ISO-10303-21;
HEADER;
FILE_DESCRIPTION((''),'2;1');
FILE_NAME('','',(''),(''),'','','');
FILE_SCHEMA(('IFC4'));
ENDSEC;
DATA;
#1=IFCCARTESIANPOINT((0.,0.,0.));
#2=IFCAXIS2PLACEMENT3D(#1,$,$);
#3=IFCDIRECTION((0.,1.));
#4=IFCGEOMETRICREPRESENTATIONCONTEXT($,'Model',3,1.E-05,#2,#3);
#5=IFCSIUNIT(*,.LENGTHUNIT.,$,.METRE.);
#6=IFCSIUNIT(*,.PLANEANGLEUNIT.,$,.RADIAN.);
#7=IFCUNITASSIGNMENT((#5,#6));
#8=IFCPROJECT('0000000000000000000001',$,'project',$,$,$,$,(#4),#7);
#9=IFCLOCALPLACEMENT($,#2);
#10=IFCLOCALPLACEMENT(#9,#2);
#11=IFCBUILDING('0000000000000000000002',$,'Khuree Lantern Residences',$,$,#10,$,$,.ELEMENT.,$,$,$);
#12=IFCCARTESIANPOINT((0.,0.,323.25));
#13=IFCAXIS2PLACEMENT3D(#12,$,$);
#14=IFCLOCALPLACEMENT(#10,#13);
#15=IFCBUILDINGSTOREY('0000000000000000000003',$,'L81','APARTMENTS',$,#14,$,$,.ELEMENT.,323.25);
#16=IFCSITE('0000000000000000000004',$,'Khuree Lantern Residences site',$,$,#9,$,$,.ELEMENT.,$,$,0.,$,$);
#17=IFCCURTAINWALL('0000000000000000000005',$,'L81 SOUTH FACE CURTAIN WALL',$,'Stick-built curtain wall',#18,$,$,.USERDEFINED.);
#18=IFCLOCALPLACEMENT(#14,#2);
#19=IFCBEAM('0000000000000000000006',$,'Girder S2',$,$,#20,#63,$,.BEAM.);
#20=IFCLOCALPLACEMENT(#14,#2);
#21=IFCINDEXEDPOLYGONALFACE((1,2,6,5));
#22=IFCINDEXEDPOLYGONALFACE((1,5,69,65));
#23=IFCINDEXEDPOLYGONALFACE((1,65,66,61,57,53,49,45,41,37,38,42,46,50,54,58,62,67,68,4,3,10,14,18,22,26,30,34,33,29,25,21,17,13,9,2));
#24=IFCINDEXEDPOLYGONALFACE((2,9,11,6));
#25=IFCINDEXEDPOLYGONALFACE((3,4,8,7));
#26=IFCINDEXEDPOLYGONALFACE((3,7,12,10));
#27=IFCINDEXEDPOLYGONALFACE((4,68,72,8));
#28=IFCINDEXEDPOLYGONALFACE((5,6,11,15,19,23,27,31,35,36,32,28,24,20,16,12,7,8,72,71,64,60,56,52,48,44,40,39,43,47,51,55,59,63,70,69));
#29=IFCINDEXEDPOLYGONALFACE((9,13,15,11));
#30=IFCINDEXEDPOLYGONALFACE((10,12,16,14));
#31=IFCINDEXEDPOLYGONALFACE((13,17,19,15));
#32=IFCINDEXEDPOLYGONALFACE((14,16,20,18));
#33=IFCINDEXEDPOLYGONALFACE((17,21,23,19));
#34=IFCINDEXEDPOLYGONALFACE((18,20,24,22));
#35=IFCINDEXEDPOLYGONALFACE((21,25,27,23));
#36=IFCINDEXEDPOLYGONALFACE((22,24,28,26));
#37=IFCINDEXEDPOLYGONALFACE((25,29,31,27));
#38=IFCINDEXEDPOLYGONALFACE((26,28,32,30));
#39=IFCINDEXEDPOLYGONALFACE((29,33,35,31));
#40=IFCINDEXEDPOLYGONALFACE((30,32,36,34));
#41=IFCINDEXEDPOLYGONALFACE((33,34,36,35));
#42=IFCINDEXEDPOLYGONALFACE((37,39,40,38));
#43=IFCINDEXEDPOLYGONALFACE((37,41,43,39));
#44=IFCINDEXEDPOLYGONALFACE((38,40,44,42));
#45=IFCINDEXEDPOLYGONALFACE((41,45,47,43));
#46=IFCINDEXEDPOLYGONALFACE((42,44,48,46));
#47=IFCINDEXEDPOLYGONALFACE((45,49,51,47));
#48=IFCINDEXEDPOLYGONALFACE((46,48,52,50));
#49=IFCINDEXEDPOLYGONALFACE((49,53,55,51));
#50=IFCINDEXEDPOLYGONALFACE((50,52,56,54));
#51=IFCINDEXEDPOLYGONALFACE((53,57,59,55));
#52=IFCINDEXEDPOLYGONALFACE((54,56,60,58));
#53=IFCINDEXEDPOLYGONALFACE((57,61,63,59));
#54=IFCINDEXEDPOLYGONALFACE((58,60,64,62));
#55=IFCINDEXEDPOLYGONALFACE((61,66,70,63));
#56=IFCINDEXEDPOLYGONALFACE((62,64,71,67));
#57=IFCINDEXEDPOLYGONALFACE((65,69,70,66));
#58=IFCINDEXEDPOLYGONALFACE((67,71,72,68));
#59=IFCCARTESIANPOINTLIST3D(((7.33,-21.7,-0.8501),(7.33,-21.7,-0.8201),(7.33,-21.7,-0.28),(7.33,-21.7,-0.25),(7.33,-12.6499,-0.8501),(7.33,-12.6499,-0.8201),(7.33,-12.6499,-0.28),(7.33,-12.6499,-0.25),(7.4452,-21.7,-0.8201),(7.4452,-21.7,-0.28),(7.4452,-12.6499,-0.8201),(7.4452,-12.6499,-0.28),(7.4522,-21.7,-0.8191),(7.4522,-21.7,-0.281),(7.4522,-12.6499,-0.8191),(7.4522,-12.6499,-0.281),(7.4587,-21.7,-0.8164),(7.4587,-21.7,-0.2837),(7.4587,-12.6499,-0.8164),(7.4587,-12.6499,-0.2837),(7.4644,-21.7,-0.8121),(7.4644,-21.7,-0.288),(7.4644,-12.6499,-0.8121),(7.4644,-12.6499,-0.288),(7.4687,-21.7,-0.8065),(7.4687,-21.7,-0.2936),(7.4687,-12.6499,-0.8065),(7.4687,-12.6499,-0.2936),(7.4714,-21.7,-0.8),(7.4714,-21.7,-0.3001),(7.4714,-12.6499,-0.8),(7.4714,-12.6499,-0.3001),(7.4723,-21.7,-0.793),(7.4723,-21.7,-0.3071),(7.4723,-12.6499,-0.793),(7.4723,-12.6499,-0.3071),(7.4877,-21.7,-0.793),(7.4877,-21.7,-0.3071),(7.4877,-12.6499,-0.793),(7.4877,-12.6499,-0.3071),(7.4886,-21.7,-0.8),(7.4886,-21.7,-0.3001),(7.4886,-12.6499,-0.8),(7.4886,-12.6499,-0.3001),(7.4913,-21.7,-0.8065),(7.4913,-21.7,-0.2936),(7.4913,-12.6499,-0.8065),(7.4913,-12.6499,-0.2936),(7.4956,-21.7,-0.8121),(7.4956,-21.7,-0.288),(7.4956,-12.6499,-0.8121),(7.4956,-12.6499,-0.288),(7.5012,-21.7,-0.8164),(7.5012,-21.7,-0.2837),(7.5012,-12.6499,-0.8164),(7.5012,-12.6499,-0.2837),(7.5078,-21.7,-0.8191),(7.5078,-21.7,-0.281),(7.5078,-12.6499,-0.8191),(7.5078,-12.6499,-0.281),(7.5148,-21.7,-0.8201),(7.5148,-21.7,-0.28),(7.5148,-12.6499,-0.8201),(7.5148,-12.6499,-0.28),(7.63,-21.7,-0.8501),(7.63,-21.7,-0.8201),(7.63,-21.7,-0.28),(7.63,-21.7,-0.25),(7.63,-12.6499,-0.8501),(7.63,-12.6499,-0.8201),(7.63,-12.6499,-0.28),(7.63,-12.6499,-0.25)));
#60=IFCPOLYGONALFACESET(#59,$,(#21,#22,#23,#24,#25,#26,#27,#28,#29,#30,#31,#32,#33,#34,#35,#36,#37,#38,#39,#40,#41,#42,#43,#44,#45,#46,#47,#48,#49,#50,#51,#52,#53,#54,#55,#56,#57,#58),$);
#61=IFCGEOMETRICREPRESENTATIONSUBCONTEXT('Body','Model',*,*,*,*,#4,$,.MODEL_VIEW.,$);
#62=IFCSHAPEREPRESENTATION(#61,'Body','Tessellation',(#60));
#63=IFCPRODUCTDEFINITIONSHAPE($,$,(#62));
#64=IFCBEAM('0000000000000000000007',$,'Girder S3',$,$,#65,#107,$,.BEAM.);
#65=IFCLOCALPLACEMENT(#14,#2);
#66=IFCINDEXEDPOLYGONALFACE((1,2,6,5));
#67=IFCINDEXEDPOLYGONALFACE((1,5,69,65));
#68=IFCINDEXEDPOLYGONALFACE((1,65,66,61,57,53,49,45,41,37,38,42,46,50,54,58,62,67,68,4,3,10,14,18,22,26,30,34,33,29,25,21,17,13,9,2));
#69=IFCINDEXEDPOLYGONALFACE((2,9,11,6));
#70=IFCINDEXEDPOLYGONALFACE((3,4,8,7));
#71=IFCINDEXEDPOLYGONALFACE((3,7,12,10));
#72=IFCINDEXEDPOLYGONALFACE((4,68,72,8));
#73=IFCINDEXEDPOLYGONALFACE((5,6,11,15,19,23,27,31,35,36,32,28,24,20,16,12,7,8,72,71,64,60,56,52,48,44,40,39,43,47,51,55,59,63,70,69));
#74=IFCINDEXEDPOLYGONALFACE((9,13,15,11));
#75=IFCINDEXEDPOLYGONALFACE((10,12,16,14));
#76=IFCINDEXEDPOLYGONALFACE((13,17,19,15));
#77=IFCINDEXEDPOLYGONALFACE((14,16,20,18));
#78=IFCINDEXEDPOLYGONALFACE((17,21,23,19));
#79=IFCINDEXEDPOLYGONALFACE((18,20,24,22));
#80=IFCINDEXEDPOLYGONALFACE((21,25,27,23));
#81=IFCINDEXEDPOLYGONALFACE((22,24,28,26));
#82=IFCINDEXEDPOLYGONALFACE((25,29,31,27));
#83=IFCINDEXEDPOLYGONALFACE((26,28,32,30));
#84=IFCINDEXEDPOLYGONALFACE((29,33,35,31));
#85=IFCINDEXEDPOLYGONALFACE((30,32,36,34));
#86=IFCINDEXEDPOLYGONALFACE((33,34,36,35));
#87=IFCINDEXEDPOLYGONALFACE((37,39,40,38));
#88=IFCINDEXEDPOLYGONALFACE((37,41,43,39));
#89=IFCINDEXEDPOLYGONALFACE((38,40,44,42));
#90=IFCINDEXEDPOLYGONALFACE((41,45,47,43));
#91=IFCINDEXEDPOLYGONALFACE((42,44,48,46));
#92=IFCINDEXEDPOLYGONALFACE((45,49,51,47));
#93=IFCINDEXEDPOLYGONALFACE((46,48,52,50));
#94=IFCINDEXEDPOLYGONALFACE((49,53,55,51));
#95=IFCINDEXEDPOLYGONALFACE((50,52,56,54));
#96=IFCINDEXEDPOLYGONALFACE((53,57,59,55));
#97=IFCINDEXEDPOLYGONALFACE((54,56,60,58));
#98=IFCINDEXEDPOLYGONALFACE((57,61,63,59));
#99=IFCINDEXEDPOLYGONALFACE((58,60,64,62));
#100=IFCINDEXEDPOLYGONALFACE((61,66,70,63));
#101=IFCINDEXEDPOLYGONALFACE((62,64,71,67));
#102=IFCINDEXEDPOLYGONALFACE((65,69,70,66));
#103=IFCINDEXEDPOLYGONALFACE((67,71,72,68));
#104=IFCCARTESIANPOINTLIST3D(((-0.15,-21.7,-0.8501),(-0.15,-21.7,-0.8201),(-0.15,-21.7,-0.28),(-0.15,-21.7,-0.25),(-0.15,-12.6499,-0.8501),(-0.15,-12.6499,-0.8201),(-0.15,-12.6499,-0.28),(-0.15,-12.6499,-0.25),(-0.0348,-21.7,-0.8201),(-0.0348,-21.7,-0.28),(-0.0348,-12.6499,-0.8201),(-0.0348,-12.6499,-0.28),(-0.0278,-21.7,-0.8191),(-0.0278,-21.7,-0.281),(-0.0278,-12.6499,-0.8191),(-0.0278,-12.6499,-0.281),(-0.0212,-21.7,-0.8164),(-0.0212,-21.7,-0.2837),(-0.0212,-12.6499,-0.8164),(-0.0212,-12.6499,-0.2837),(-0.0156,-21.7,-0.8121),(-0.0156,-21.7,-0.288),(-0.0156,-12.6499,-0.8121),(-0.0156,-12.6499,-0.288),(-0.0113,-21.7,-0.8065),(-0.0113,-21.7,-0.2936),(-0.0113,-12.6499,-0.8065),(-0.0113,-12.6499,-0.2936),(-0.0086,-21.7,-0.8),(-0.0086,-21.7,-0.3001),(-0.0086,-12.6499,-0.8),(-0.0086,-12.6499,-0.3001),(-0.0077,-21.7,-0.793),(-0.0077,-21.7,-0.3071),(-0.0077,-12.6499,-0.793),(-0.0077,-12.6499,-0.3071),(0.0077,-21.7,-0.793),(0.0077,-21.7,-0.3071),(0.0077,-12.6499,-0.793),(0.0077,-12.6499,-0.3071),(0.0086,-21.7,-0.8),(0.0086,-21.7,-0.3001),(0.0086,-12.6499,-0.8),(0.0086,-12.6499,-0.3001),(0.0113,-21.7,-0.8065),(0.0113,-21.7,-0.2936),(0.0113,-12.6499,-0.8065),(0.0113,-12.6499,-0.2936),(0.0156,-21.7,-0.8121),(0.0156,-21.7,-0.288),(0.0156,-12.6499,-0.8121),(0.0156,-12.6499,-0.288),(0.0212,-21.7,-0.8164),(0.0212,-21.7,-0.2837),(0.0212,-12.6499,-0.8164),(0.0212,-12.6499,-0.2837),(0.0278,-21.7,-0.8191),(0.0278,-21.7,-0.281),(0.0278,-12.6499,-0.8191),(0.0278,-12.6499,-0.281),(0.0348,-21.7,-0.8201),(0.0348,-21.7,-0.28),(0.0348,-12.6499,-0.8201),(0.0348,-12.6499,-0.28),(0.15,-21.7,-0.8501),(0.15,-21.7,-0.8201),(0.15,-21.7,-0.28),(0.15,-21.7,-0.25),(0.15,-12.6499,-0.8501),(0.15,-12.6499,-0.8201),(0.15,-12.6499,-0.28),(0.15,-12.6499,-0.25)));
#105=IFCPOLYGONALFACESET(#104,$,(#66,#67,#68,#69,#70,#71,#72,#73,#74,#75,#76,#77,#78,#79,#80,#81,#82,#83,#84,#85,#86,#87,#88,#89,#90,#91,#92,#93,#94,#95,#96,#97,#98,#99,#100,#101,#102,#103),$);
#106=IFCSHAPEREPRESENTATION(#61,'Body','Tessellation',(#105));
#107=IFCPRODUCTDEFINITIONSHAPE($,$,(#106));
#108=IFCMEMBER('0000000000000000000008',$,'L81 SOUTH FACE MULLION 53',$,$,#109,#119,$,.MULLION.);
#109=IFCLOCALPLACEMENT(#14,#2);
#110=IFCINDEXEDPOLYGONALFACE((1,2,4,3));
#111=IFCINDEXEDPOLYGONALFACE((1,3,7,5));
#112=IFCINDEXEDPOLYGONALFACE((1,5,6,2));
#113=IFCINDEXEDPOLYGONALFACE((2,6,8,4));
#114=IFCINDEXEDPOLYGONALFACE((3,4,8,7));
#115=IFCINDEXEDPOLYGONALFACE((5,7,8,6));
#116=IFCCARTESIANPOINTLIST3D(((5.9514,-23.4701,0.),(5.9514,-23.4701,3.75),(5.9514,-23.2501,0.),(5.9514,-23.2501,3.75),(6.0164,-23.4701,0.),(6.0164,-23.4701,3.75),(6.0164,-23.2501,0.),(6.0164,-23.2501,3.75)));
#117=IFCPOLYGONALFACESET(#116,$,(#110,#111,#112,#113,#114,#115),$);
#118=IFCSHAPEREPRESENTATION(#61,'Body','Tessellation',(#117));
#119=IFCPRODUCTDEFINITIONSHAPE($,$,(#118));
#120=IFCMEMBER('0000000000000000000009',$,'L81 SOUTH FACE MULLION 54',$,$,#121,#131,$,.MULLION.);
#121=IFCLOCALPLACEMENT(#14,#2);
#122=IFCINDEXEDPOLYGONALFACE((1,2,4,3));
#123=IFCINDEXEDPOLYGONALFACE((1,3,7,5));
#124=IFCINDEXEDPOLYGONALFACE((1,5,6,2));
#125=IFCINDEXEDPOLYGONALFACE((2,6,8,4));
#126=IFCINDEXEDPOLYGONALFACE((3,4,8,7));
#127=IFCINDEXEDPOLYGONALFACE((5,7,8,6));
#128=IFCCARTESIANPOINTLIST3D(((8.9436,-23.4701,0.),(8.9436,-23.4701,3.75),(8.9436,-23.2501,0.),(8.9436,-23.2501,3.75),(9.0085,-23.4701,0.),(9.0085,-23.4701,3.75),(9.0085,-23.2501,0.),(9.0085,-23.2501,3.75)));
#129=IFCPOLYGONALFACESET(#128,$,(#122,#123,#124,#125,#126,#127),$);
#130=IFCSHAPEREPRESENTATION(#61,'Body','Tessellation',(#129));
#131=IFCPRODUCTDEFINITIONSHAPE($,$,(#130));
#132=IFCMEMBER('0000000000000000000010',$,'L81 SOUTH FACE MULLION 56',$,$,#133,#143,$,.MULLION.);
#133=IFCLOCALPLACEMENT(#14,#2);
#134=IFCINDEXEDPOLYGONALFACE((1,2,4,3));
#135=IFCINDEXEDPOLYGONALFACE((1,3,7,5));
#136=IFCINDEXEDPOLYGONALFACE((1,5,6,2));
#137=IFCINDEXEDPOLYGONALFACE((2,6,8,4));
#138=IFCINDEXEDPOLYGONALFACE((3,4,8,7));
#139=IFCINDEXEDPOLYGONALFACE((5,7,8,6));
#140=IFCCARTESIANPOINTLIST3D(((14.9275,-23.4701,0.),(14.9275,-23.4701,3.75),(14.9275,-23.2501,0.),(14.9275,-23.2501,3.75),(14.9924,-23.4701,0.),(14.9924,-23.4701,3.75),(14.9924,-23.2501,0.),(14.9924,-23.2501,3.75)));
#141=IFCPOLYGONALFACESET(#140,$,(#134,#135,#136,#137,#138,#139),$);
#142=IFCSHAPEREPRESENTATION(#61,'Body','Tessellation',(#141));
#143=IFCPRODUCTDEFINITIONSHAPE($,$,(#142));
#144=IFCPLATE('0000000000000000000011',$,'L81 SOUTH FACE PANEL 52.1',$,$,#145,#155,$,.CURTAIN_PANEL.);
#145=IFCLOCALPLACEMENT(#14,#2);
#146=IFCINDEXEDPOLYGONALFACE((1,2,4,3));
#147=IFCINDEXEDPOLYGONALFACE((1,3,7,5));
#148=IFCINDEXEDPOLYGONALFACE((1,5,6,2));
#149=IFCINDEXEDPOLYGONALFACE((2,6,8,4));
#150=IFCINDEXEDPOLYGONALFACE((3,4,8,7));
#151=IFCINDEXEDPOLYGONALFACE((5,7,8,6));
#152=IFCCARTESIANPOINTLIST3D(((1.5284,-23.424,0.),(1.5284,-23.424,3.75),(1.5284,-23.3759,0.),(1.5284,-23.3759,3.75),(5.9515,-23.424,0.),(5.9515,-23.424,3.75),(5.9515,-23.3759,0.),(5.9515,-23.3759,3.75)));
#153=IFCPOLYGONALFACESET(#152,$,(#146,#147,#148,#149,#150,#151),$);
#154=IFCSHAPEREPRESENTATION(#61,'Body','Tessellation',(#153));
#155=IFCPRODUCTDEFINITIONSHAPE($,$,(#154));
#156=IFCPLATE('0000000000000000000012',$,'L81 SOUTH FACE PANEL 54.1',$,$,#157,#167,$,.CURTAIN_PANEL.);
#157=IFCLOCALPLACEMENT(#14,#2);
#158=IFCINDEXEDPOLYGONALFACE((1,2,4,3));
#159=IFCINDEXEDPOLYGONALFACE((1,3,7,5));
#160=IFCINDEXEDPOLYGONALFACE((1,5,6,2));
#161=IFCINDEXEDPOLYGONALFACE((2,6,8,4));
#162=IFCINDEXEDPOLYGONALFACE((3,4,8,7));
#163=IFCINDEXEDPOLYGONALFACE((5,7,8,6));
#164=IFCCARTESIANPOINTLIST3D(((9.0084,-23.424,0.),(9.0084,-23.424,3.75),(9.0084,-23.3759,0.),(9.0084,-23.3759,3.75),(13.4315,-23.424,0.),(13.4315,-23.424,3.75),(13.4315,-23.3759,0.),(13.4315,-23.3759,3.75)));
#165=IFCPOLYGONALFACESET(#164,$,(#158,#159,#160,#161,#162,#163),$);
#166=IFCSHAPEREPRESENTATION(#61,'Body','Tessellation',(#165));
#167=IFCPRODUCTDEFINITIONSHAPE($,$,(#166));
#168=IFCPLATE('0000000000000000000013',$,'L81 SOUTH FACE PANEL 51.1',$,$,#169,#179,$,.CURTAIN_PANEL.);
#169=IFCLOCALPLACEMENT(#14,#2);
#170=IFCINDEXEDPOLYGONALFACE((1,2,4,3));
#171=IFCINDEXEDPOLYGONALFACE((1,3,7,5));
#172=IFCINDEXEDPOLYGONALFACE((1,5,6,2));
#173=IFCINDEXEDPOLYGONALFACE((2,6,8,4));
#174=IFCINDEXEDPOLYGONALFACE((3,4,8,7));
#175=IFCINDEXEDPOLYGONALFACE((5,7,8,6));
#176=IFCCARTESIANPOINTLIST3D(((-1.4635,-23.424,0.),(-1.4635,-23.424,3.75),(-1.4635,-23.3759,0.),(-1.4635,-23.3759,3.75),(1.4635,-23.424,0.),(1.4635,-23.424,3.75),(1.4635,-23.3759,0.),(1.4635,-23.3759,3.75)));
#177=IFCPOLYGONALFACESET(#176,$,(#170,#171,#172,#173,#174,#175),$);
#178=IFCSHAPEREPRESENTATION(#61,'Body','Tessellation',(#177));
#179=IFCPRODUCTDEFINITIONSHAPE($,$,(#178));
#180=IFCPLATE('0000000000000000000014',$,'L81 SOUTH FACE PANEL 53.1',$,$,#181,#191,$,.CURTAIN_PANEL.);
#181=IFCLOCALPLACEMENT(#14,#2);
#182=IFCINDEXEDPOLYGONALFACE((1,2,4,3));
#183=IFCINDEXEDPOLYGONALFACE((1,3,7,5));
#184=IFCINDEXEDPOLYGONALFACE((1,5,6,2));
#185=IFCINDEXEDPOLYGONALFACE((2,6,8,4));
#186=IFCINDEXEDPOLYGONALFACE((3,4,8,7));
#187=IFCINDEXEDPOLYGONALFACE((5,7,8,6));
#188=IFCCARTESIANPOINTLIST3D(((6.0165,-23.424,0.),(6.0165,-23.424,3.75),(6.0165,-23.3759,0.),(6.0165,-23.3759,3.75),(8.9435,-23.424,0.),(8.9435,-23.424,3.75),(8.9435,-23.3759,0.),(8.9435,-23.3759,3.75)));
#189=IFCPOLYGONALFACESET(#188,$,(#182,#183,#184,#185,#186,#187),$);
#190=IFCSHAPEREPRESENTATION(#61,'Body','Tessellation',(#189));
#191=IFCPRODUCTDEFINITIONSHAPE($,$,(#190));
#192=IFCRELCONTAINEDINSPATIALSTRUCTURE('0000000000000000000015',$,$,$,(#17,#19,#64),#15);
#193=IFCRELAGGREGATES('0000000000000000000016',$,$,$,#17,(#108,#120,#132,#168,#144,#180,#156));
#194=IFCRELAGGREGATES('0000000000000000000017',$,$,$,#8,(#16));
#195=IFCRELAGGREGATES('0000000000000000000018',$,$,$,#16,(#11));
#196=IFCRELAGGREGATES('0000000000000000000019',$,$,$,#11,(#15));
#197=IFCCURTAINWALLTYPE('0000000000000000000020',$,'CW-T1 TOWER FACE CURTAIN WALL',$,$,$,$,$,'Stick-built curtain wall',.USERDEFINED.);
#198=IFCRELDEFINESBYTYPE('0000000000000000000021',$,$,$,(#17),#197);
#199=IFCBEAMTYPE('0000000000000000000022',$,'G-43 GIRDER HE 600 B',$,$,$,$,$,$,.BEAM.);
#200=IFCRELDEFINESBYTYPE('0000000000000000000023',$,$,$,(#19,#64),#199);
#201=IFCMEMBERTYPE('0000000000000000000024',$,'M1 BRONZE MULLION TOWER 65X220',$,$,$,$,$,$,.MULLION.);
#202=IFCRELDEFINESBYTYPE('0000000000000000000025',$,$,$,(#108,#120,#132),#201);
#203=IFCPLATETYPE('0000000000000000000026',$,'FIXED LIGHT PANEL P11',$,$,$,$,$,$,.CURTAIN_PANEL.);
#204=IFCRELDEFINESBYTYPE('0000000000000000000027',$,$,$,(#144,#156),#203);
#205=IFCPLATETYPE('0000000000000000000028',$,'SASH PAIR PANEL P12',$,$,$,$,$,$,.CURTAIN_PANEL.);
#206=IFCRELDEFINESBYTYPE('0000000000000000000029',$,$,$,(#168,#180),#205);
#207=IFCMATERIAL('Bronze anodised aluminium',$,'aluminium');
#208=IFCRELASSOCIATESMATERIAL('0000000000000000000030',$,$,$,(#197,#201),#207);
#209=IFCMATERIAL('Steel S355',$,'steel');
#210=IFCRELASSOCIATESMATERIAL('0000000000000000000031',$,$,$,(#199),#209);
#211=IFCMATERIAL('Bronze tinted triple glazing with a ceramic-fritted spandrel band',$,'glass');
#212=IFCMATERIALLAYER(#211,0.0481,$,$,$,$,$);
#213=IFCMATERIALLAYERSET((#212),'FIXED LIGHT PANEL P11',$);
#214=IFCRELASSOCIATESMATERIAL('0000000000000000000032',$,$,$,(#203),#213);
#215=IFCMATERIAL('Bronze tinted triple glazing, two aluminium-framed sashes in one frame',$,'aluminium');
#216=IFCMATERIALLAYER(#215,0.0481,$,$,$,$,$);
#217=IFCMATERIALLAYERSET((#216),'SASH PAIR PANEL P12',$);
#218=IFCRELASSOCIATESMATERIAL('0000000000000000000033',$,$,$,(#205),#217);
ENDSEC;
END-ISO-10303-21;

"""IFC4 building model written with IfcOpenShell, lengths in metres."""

from ifc_helpers import new_model, si_unit, direction, frame, origin, origin_2d, place, context, subcontext, project, spatial, rectangle, i_section, extrude, material, layer, layer_set, material_profile, profile_set, type_object, element, aggregate, save


model = new_model("IFC4")

# Units and contexts
model_context = context("Model", 3, precision=1e-05, world=origin(), true_north=direction((0.0, 1.0)))
body_context = subcontext(model_context, "Body", "Model", "MODEL_VIEW")
ifc_project = project(units=[si_unit("LENGTHUNIT", "METRE"), si_unit("PLANEANGLEUNIT", "RADIAN")], contexts=[model_context])

# Site, building, storey
site_placement = place(None, origin())
site = spatial("IfcSite", under=ifc_project, at=site_placement, Name="Khuree Lantern Residences site", CompositionType="ELEMENT", RefElevation=0.0)
building_placement = place(site_placement, origin())
building = spatial("IfcBuilding", under=site, at=building_placement, Name="Khuree Lantern Residences", CompositionType="ELEMENT")
storey_placement = place(building_placement, frame((0.0, 0.0, 323.25)))
storey = spatial("IfcBuildingStorey", under=building, at=storey_placement, Name="L81", Description="APARTMENTS", CompositionType="ELEMENT", Elevation=323.25)

# Shared definitions
ifc_material_1 = material(Name="Steel S355", Category="steel")

# Curtain wall
ifc_material_2 = material(Name="Bronze anodised aluminium", Category="aluminium")
curtain_wall_type = type_object("IfcCurtainWallType", Name="CW-T1 TOWER FACE CURTAIN WALL", ElementType="Stick-built curtain wall", PredefinedType="USERDEFINED", material=ifc_material_2)
curtain_wall_placement = place(storey_placement, origin())
curtain_wall = element("IfcCurtainWall", 1, at=curtain_wall_placement, inside=storey, type_object=curtain_wall_type, Name="L81 SOUTH FACE CURTAIN WALL", ObjectType="Stick-built curtain wall", PredefinedType="USERDEFINED")

# Beams
ifc_material_profile_1 = material_profile(ifc_material_1, i_section(OverallWidth=0.3, OverallDepth=0.6001, WebThickness=0.0154, FlangeThickness=0.03, FilletRadius=0.0271, at=origin_2d()), Name="HE 600 B")
ifc_profile_set_1 = profile_set([ifc_material_profile_1], Name="Steel S355")
beam_type_1 = type_object("IfcBeamType", Name="G-43 GIRDER HE 600 B", PredefinedType="BEAM", material=ifc_profile_set_1)
for number, where, z_axis, x_axis, name in (
    (2, (7.48, -21.7, -0.55), (0.0, 1.0, 0.0), (-1.0, 0.0, 0.0), "Girder S2"),
    (3, (0.0, -21.7, -0.55), (0.0, 1.0, 0.0), (-1.0, 0.0, 0.0), "Girder S3"),
):
    element("IfcBeam", number, at=place(storey_placement, frame(where, z_axis=z_axis, x_axis=x_axis)), inside=storey, type_object=beam_type_1, Name=name, PredefinedType="BEAM", context=body_context, shape_type="SweptSolid", body=[
        extrude(i_section(OverallWidth=0.3, OverallDepth=0.6001, WebThickness=0.0154, FlangeThickness=0.03, FilletRadius=0.0271, at=origin_2d()), origin(), (0.0, 0.0, 1.0), 9.05),
    ])

# Members
ifc_material_profile_2 = material_profile(ifc_material_2, rectangle(XDim=0.0649, YDim=0.22, at=origin_2d()), Name="M1 65X220")
ifc_profile_set_2 = profile_set([ifc_material_profile_2], Name="Bronze anodised aluminium")
member_type_1 = type_object("IfcMemberType", Name="M1 BRONZE MULLION TOWER 65X220", PredefinedType="MULLION", material=ifc_profile_set_2)
member_1_placement = place(storey_placement, frame((5.9839, -23.3601, 0.0), z_axis=(0.0, 0.0, 1.0), x_axis=(1.0, 0.0, 0.0)))
member_1 = element("IfcMember", 4, at=member_1_placement, type_object=member_type_1, Name="L81 SOUTH FACE MULLION 53", PredefinedType="MULLION", context=body_context, shape_type="SweptSolid", body=[
    extrude(rectangle(XDim=0.0649, YDim=0.22, at=origin_2d()), origin(), (0.0, 0.0, 1.0), 3.75),
])
member_2_placement = place(storey_placement, frame((8.9761, -23.3601, 0.0), z_axis=(0.0, 0.0, 1.0), x_axis=(1.0, 0.0, 0.0)))
member_2 = element("IfcMember", 5, at=member_2_placement, type_object=member_type_1, Name="L81 SOUTH FACE MULLION 54", PredefinedType="MULLION", context=body_context, shape_type="SweptSolid", body=[
    extrude(rectangle(XDim=0.0649, YDim=0.22, at=origin_2d()), origin(), (0.0, 0.0, 1.0), 3.75),
])
member_3_placement = place(storey_placement, frame((14.96, -23.3601, 0.0), z_axis=(0.0, 0.0, 1.0), x_axis=(1.0, 0.0, 0.0)))
member_3 = element("IfcMember", 6, at=member_3_placement, type_object=member_type_1, Name="L81 SOUTH FACE MULLION 56", PredefinedType="MULLION", context=body_context, shape_type="SweptSolid", body=[
    extrude(rectangle(XDim=0.0649, YDim=0.22, at=origin_2d()), origin(), (0.0, 0.0, 1.0), 3.75),
])

# Plates
ifc_material_3 = material(Name="Bronze tinted triple glazing with a ceramic-fritted spandrel band", Category="glass")
ifc_layer_1 = layer(ifc_material_3, 0.0481)
ifc_layer_set_1 = layer_set([ifc_layer_1], Name="FIXED LIGHT PANEL P11")
plate_type_1 = type_object("IfcPlateType", Name="FIXED LIGHT PANEL P11", PredefinedType="CURTAIN_PANEL", material=ifc_layer_set_1)
plate_1_placement = place(storey_placement, frame((3.74, -23.3999, 0.0), z_axis=(0.0, 0.0, 1.0), x_axis=(1.0, 0.0, 0.0)))
plate_1 = element("IfcPlate", 7, at=plate_1_placement, type_object=plate_type_1, Name="L81 SOUTH FACE PANEL 52.1", PredefinedType="CURTAIN_PANEL", context=body_context, shape_type="SweptSolid", body=[
    extrude(rectangle(XDim=4.4231, YDim=0.0481, at=origin_2d()), origin(), (0.0, 0.0, 1.0), 3.75),
])
plate_2_placement = place(storey_placement, frame((11.22, -23.3999, 0.0), z_axis=(0.0, 0.0, 1.0), x_axis=(1.0, 0.0, 0.0)))
plate_2 = element("IfcPlate", 8, at=plate_2_placement, type_object=plate_type_1, Name="L81 SOUTH FACE PANEL 54.1", PredefinedType="CURTAIN_PANEL", context=body_context, shape_type="SweptSolid", body=[
    extrude(rectangle(XDim=4.4231, YDim=0.0481, at=origin_2d()), origin(), (0.0, 0.0, 1.0), 3.75),
])
ifc_material_4 = material(Name="Bronze tinted triple glazing, two aluminium-framed sashes in one frame", Category="aluminium")
ifc_layer_2 = layer(ifc_material_4, 0.0481)
ifc_layer_set_2 = layer_set([ifc_layer_2], Name="SASH PAIR PANEL P12")
plate_type_2 = type_object("IfcPlateType", Name="SASH PAIR PANEL P12", PredefinedType="CURTAIN_PANEL", material=ifc_layer_set_2)
plate_3_placement = place(storey_placement, frame((0.0, -23.3999, 0.0), z_axis=(0.0, 0.0, 1.0), x_axis=(1.0, 0.0, 0.0)))
plate_3 = element("IfcPlate", 9, at=plate_3_placement, type_object=plate_type_2, Name="L81 SOUTH FACE PANEL 51.1", PredefinedType="CURTAIN_PANEL", context=body_context, shape_type="SweptSolid", body=[
    extrude(rectangle(XDim=2.927, YDim=0.0481, at=origin_2d()), origin(), (0.0, 0.0, 1.0), 3.75),
])
plate_4_placement = place(storey_placement, frame((7.48, -23.3999, 0.0), z_axis=(0.0, 0.0, 1.0), x_axis=(1.0, 0.0, 0.0)))
plate_4 = element("IfcPlate", 10, at=plate_4_placement, type_object=plate_type_2, Name="L81 SOUTH FACE PANEL 53.1", PredefinedType="CURTAIN_PANEL", context=body_context, shape_type="SweptSolid", body=[
    extrude(rectangle(XDim=2.927, YDim=0.0481, at=origin_2d()), origin(), (0.0, 0.0, 1.0), 3.75),
])
aggregate(curtain_wall, [member_1, member_2, member_3, plate_3, plate_1, plate_4, plate_2])

save(model, "model.ifc")
